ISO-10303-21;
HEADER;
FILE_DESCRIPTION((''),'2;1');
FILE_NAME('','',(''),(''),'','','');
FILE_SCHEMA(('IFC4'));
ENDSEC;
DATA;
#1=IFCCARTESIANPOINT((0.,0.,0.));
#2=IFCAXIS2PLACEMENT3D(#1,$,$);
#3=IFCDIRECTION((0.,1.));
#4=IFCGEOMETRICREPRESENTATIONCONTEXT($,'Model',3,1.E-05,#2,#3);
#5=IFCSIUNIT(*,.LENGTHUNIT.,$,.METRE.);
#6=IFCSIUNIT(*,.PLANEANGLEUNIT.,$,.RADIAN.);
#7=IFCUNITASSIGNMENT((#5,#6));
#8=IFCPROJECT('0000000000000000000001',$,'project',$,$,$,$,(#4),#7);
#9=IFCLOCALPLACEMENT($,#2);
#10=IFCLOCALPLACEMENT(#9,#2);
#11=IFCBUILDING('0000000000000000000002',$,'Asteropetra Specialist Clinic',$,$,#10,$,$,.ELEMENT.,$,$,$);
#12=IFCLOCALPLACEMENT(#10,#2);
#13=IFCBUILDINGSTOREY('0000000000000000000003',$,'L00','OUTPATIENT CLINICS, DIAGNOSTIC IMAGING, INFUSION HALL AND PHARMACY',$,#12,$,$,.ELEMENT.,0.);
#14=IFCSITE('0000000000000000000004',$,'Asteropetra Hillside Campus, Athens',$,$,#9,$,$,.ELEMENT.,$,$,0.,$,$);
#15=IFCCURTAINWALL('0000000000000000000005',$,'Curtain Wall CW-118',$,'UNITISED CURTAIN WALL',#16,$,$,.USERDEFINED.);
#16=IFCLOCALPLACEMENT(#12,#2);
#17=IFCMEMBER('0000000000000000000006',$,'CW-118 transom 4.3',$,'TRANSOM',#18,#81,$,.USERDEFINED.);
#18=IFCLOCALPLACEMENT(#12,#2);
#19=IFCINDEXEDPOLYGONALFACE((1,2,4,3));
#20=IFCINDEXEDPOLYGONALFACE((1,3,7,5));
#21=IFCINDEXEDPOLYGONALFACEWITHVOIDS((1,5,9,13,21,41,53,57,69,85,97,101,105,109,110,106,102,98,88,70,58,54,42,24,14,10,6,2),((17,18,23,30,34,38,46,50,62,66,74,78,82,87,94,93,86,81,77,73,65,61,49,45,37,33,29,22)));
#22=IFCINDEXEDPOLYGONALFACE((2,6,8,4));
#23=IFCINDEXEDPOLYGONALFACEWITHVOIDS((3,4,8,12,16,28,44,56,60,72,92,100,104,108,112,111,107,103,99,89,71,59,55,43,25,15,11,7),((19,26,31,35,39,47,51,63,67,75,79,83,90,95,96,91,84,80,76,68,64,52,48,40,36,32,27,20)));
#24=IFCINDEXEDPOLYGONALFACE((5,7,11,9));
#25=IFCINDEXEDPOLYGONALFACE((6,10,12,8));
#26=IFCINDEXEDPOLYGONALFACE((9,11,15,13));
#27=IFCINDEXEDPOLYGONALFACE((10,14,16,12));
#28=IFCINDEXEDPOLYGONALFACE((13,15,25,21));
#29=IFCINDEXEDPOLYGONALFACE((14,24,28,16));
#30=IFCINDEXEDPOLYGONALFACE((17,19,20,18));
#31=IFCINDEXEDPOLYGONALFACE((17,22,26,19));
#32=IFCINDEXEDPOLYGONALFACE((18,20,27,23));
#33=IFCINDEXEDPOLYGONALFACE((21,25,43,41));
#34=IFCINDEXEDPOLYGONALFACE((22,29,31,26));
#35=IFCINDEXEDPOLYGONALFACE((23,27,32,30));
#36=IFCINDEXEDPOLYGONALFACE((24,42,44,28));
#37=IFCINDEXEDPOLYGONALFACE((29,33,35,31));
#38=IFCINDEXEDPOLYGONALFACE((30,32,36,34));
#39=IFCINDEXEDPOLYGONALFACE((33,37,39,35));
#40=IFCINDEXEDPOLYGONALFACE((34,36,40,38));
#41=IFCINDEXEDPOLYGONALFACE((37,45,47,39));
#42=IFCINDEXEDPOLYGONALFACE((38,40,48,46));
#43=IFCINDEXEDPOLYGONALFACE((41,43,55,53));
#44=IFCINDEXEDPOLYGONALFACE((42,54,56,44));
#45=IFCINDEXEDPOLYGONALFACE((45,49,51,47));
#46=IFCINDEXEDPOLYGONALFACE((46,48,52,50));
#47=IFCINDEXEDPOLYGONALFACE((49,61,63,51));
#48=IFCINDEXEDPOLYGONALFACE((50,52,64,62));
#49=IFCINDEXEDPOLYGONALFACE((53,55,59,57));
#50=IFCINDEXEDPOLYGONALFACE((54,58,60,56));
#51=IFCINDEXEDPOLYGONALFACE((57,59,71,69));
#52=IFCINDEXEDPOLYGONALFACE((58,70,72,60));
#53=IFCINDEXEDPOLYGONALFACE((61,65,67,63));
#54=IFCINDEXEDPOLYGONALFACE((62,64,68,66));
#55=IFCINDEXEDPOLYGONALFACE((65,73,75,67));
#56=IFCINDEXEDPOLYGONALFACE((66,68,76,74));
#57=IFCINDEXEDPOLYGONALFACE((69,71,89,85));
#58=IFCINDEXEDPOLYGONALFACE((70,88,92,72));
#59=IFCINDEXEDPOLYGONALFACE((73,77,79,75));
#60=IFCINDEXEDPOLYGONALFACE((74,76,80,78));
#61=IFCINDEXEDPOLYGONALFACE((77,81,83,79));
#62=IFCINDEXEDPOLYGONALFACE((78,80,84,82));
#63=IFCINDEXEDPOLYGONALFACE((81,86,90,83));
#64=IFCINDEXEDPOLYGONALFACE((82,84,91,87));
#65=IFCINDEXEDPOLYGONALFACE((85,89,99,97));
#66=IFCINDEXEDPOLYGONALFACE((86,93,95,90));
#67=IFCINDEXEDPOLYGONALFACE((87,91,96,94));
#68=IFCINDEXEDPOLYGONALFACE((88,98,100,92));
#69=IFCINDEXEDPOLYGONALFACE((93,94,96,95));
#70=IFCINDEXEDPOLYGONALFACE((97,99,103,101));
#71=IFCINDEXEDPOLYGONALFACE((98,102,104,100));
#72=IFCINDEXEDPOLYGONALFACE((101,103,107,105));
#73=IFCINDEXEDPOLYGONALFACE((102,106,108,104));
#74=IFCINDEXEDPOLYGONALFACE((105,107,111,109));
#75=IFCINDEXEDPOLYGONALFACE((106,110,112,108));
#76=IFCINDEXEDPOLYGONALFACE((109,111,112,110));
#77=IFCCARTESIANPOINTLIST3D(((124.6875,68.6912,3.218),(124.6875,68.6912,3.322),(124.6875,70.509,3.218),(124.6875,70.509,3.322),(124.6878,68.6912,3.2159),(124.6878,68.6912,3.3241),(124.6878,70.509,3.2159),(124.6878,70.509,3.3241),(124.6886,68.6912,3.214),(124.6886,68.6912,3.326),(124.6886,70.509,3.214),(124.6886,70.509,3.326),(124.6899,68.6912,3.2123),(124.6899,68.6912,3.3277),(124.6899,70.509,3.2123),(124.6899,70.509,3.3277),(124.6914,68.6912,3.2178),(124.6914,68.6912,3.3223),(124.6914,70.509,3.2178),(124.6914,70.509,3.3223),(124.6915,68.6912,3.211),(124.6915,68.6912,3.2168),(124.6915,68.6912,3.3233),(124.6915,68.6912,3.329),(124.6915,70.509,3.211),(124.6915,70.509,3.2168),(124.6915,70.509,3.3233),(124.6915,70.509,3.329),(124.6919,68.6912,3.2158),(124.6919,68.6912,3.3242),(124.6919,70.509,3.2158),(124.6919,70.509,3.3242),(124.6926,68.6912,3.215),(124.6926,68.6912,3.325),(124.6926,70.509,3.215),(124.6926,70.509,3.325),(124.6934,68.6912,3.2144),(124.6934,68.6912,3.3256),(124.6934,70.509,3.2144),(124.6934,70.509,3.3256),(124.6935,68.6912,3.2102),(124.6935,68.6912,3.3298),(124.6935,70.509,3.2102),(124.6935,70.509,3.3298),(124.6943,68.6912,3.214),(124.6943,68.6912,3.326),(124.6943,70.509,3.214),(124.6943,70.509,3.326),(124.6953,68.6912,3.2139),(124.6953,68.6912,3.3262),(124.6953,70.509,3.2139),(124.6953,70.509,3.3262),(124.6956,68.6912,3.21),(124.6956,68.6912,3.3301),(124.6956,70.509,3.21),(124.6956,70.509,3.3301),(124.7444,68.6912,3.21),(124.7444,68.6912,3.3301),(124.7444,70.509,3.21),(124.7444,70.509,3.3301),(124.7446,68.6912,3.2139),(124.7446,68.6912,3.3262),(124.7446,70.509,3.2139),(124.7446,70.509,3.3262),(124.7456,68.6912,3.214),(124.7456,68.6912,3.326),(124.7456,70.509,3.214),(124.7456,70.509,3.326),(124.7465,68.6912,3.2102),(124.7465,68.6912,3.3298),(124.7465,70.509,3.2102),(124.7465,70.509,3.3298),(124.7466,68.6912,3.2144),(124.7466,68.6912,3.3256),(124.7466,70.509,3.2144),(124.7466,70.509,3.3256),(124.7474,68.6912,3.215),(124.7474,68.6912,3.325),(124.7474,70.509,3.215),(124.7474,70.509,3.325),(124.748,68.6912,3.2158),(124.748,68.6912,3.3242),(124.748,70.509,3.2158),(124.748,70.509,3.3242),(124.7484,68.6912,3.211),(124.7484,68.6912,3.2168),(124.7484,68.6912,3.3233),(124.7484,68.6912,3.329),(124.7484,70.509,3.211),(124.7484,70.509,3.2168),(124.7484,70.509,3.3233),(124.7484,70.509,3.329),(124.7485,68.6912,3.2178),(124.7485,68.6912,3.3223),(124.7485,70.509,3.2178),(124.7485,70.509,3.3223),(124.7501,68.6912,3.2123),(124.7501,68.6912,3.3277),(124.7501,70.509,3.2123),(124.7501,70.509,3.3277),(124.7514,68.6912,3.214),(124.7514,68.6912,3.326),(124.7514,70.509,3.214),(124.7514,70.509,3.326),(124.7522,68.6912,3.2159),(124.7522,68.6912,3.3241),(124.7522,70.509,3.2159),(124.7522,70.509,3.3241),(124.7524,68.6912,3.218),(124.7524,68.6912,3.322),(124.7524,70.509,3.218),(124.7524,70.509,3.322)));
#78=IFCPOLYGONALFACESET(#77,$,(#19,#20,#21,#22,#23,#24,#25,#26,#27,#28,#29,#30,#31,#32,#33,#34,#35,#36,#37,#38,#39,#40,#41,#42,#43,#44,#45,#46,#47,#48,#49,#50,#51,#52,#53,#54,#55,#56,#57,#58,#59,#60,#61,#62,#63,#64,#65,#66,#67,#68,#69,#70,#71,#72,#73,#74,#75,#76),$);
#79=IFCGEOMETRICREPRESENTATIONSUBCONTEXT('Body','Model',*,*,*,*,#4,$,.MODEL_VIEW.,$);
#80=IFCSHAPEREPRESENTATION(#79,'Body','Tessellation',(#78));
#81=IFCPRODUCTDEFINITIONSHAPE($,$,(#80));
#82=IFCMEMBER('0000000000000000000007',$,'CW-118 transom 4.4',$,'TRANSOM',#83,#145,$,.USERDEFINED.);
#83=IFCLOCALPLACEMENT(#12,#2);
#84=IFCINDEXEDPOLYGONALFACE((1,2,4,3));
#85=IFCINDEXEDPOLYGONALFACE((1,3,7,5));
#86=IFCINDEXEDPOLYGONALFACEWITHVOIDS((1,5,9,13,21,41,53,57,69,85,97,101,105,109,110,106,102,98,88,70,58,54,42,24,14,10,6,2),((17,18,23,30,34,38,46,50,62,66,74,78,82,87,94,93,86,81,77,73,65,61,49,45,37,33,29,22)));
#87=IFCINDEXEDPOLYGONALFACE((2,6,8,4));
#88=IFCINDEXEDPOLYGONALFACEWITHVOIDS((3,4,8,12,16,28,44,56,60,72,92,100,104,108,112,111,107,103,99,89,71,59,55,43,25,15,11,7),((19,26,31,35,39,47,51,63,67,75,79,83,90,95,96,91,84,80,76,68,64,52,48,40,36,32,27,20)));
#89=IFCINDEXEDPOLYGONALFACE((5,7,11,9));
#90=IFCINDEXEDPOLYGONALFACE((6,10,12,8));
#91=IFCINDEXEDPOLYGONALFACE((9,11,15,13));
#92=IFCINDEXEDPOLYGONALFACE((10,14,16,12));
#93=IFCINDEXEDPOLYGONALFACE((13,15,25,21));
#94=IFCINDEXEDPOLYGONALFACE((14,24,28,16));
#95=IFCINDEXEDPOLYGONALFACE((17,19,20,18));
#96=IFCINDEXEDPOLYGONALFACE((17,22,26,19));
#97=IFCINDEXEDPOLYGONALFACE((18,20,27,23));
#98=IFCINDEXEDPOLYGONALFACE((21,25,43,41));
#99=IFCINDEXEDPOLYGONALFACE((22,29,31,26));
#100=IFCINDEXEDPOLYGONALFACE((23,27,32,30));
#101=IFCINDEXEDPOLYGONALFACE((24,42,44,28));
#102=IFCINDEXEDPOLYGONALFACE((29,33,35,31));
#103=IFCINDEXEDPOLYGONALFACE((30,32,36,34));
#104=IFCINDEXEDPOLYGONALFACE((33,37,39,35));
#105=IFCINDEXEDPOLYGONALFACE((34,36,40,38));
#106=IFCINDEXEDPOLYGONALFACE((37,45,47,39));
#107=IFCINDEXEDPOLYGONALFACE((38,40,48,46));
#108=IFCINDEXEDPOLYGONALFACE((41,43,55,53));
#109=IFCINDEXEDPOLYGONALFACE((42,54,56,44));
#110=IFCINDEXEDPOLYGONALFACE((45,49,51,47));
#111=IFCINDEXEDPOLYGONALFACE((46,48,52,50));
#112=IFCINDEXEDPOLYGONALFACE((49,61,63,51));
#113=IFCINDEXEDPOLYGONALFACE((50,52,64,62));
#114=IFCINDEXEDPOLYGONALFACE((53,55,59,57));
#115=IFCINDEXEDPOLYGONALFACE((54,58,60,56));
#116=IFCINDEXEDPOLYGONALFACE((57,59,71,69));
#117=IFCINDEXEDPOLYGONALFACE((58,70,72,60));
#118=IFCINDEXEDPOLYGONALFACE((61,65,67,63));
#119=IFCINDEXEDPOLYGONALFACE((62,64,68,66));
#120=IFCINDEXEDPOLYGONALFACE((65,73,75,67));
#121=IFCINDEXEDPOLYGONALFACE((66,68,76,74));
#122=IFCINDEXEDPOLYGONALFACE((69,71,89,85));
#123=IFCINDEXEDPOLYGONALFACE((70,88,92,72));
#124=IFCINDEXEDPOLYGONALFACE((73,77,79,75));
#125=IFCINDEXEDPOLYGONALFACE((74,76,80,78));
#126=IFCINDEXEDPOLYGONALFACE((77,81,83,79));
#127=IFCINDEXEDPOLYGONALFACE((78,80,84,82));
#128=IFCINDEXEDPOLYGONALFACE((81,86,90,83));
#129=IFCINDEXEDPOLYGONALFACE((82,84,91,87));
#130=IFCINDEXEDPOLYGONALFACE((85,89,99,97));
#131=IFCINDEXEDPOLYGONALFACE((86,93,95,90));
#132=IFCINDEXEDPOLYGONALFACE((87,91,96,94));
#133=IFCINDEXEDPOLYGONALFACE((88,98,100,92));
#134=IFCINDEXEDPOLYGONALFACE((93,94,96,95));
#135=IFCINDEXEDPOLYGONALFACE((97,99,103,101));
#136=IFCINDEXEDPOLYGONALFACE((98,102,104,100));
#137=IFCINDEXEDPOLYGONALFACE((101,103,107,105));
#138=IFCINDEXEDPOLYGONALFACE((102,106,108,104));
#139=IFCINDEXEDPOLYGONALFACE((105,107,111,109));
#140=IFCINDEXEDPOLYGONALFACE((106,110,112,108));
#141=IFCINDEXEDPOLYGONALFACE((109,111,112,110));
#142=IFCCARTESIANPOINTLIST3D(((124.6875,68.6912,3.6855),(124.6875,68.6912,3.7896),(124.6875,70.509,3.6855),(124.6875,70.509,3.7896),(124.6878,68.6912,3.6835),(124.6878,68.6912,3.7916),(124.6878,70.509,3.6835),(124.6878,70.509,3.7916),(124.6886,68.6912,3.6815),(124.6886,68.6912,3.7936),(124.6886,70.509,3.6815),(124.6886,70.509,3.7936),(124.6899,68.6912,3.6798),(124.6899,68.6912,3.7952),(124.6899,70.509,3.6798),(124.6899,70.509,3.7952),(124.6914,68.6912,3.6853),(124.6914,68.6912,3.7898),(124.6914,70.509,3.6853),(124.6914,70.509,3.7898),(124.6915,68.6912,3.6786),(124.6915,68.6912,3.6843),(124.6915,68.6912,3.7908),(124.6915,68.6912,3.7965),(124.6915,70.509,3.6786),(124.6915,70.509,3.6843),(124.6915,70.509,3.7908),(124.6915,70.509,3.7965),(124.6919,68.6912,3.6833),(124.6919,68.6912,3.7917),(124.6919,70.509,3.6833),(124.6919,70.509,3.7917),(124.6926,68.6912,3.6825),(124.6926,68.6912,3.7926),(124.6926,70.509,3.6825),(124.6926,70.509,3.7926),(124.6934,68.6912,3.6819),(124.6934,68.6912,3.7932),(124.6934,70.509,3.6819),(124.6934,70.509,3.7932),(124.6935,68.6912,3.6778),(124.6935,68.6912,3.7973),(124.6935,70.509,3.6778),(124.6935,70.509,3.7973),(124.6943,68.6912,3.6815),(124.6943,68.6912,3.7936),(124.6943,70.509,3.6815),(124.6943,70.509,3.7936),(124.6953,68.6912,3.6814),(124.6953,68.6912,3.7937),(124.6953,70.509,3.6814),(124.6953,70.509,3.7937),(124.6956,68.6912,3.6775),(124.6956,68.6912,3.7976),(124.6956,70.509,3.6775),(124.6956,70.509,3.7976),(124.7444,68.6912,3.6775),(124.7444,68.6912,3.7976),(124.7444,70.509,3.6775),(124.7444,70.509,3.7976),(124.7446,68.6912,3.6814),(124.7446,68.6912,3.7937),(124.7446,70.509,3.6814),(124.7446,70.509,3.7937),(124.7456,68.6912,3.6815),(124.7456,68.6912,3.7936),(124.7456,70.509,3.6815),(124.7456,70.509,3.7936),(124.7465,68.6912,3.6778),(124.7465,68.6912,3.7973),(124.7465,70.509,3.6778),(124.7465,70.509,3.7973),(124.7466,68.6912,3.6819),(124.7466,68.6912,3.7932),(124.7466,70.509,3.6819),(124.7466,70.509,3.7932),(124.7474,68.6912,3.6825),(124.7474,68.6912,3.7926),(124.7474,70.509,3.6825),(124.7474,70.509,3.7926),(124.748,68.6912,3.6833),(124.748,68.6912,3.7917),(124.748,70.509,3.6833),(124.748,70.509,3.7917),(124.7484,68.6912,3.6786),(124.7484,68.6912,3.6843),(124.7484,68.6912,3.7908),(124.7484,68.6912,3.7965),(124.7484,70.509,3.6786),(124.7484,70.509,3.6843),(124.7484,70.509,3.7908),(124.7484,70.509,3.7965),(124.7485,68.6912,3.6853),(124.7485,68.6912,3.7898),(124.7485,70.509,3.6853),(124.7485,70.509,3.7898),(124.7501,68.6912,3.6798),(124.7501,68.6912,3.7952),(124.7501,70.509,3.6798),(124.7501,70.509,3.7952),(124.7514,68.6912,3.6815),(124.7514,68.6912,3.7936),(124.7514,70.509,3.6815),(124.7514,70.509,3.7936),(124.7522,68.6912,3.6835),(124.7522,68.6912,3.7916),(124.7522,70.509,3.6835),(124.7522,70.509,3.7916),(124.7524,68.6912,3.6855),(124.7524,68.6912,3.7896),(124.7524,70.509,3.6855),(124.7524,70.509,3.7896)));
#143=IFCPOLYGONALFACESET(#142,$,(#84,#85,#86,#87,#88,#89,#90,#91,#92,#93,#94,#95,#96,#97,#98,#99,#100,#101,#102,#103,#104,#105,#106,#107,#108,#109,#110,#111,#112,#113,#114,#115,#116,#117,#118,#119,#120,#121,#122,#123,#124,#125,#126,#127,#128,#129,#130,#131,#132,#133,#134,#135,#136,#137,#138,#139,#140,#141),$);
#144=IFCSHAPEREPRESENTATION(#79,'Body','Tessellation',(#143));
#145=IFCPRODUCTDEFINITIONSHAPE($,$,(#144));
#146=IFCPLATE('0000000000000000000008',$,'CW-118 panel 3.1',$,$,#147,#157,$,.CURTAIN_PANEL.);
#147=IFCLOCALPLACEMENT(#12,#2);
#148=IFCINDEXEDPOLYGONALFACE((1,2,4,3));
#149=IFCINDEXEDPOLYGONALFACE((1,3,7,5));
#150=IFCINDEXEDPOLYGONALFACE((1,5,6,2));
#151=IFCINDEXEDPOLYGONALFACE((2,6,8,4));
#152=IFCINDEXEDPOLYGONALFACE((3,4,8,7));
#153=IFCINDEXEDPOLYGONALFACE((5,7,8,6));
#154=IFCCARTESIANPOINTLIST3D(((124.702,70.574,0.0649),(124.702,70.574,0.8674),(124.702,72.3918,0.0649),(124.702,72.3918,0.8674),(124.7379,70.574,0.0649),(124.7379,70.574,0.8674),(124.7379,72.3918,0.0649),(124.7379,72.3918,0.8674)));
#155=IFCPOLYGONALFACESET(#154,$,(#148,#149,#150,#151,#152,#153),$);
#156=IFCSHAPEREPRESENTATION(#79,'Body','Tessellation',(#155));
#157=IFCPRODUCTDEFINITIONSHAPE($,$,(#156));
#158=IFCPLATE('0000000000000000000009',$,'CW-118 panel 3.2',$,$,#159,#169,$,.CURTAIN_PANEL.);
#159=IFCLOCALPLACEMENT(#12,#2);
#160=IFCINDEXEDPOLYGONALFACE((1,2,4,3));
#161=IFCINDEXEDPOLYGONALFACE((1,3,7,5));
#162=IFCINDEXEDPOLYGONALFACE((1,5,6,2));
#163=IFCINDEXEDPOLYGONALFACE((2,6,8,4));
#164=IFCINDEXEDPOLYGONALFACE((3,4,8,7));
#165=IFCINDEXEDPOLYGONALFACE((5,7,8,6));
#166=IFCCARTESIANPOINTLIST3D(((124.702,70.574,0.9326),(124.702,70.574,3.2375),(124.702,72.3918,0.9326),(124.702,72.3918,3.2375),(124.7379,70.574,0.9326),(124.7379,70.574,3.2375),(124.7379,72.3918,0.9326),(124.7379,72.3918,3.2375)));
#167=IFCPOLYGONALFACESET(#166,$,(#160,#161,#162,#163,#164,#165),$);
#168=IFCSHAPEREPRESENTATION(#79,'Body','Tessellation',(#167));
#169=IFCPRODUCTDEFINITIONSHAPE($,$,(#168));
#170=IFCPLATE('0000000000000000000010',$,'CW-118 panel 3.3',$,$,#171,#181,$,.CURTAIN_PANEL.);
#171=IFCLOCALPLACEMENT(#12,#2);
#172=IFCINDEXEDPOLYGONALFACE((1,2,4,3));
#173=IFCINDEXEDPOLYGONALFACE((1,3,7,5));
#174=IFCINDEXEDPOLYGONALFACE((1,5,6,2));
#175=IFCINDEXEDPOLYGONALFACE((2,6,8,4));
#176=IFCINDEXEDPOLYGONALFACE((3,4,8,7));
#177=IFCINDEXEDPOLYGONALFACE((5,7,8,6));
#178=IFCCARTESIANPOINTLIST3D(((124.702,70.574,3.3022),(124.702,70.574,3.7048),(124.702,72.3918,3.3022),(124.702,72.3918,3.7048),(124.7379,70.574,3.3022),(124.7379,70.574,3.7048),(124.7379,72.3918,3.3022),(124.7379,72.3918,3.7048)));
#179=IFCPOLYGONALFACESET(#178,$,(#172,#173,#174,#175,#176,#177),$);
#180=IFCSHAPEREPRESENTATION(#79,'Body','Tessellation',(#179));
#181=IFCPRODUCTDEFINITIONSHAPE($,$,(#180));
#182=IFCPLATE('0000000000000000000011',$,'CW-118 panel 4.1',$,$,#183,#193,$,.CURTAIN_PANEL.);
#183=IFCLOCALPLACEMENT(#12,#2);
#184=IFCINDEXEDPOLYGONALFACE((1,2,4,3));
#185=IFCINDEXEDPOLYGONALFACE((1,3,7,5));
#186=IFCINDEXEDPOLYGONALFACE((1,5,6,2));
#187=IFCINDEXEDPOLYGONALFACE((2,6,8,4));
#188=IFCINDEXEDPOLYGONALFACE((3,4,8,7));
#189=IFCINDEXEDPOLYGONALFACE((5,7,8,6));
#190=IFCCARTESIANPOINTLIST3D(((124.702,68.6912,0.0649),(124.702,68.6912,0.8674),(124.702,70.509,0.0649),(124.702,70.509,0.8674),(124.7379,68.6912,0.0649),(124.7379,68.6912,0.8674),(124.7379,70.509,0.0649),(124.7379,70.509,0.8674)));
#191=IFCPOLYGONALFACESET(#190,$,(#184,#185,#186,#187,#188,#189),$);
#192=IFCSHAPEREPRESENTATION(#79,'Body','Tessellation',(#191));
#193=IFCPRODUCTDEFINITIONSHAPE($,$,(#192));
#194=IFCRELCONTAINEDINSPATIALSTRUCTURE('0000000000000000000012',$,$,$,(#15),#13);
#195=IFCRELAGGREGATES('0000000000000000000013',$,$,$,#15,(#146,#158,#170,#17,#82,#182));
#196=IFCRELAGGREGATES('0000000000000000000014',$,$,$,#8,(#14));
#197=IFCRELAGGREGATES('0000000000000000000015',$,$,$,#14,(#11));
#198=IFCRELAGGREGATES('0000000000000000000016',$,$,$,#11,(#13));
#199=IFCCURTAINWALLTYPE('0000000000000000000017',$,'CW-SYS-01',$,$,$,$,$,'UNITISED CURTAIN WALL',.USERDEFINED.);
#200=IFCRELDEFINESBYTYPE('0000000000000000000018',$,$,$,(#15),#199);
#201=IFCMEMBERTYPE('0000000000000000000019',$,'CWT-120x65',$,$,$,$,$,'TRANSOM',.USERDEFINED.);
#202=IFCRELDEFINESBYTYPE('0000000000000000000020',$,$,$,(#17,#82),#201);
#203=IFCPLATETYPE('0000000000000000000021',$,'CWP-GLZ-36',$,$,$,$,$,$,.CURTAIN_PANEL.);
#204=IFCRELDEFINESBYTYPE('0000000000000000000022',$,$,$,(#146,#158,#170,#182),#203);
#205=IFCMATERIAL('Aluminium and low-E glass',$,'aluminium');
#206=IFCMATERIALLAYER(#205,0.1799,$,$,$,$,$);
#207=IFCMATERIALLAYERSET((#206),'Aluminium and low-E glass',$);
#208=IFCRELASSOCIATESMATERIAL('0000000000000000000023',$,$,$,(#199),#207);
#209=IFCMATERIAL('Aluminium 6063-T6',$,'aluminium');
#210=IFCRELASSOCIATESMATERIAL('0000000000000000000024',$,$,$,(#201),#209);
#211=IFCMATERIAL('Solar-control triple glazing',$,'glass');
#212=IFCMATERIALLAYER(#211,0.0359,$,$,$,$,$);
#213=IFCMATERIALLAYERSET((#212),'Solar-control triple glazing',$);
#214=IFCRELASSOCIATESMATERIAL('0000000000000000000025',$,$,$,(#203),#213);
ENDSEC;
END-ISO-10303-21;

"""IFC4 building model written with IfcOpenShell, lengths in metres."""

from ifc_helpers import new_model, si_unit, direction, frame, origin, origin_2d, place, context, subcontext, project, spatial, rectangle, hollow_rectangle, extrude, material, layer, layer_set, material_profile, profile_set, type_object, element, aggregate, save


model = new_model("IFC4")

# Units and contexts
model_context = context("Model", 3, precision=1e-05, world=origin(), true_north=direction((0.0, 1.0)))
body_context = subcontext(model_context, "Body", "Model", "MODEL_VIEW")
ifc_project = project(units=[si_unit("LENGTHUNIT", "METRE"), si_unit("PLANEANGLEUNIT", "RADIAN")], contexts=[model_context])

# Site, building, storey
site_placement = place(None, origin())
site = spatial("IfcSite", under=ifc_project, at=site_placement, Name="Asteropetra Hillside Campus, Athens", CompositionType="ELEMENT", RefElevation=0.0)
building_placement = place(site_placement, origin())
building = spatial("IfcBuilding", under=site, at=building_placement, Name="Asteropetra Specialist Clinic", CompositionType="ELEMENT")
storey_placement = place(building_placement, origin())
storey = spatial("IfcBuildingStorey", under=building, at=storey_placement, Name="L00", Description="OUTPATIENT CLINICS, DIAGNOSTIC IMAGING, INFUSION HALL AND PHARMACY", CompositionType="ELEMENT", Elevation=0.0)

# Curtain wall, members, plates
ifc_material_1 = material(Name="Aluminium and low-E glass", Category="aluminium")
ifc_layer_1 = layer(ifc_material_1, 0.1799)
ifc_layer_set_1 = layer_set([ifc_layer_1], Name="Aluminium and low-E glass")
curtain_wall_type = type_object("IfcCurtainWallType", Name="CW-SYS-01", ElementType="UNITISED CURTAIN WALL", PredefinedType="USERDEFINED", material=ifc_layer_set_1)
curtain_wall_placement = place(storey_placement, origin())
curtain_wall = element("IfcCurtainWall", 1, at=curtain_wall_placement, inside=storey, type_object=curtain_wall_type, Name="Curtain Wall CW-118", ObjectType="UNITISED CURTAIN WALL", PredefinedType="USERDEFINED")
ifc_material_2 = material(Name="Aluminium 6063-T6", Category="aluminium")
ifc_material_profile_1 = material_profile(ifc_material_2, hollow_rectangle(XDim=0.0649, YDim=0.1201, WallThickness=0.0039, InnerFilletRadius=0.0039, OuterFilletRadius=0.0081, at=origin_2d()), Name="TRN 120x65x4.0")
ifc_profile_set_1 = profile_set([ifc_material_profile_1], Name="Aluminium 6063-T6")
member_type_1 = type_object("IfcMemberType", Name="CWT-120x65", ElementType="TRANSOM", PredefinedType="USERDEFINED", material=ifc_profile_set_1)
member_1_placement = place(storey_placement, frame((124.72, 70.509, 3.27), z_axis=(0.0, -1.0, 0.0), x_axis=(1.0, 0.0, 0.0)))
member_1 = element("IfcMember", 2, at=member_1_placement, type_object=member_type_1, Name="CW-118 transom 4.3", ObjectType="TRANSOM", PredefinedType="USERDEFINED", context=body_context, shape_type="SweptSolid", body=[
    extrude(hollow_rectangle(XDim=0.0649, YDim=0.1201, WallThickness=0.0039, InnerFilletRadius=0.0039, OuterFilletRadius=0.0081, at=origin_2d()), origin(), (0.0, 0.0, 1.0), 1.8179),
])
member_2_placement = place(storey_placement, frame((124.72, 70.509, 3.7375), z_axis=(0.0, -1.0, 0.0), x_axis=(1.0, 0.0, 0.0)))
member_2 = element("IfcMember", 3, at=member_2_placement, type_object=member_type_1, Name="CW-118 transom 4.4", ObjectType="TRANSOM", PredefinedType="USERDEFINED", context=body_context, shape_type="SweptSolid", body=[
    extrude(hollow_rectangle(XDim=0.0649, YDim=0.1201, WallThickness=0.0039, InnerFilletRadius=0.0039, OuterFilletRadius=0.0081, at=origin_2d()), origin(), (0.0, 0.0, 1.0), 1.8179),
])
ifc_material_3 = material(Name="Solar-control triple glazing", Category="glass")
ifc_layer_2 = layer(ifc_material_3, 0.0359)
ifc_layer_set_2 = layer_set([ifc_layer_2], Name="Solar-control triple glazing")
plate_type = type_object("IfcPlateType", Name="CWP-GLZ-36", PredefinedType="CURTAIN_PANEL", material=ifc_layer_set_2)
plate_1_placement = place(storey_placement, frame((124.72, 71.4829, 0.0649), z_axis=(0.0, 0.0, 1.0), x_axis=(0.0, -1.0, 0.0)))
plate_1 = element("IfcPlate", 4, at=plate_1_placement, type_object=plate_type, Name="CW-118 panel 3.1", PredefinedType="CURTAIN_PANEL", context=body_context, shape_type="SweptSolid", body=[
    extrude(rectangle(XDim=1.8179, YDim=0.0359, at=origin_2d()), origin(), (0.0, 0.0, 1.0), 0.8025),
])
plate_2_placement = place(storey_placement, frame((124.72, 71.4829, 0.9326), z_axis=(0.0, 0.0, 1.0), x_axis=(0.0, -1.0, 0.0)))
plate_2 = element("IfcPlate", 5, at=plate_2_placement, type_object=plate_type, Name="CW-118 panel 3.2", PredefinedType="CURTAIN_PANEL", context=body_context, shape_type="SweptSolid", body=[
    extrude(rectangle(XDim=1.8179, YDim=0.0359, at=origin_2d()), origin(), (0.0, 0.0, 1.0), 2.3049),
])
plate_3_placement = place(storey_placement, frame((124.72, 71.4829, 3.3022), z_axis=(0.0, 0.0, 1.0), x_axis=(0.0, -1.0, 0.0)))
plate_3 = element("IfcPlate", 6, at=plate_3_placement, type_object=plate_type, Name="CW-118 panel 3.3", PredefinedType="CURTAIN_PANEL", context=body_context, shape_type="SweptSolid", body=[
    extrude(rectangle(XDim=1.8179, YDim=0.0359, at=origin_2d()), origin(), (0.0, 0.0, 1.0), 0.4026),
])
plate_4_placement = place(storey_placement, frame((124.72, 69.6001, 0.0649), z_axis=(0.0, 0.0, 1.0), x_axis=(0.0, -1.0, 0.0)))
plate_4 = element("IfcPlate", 7, at=plate_4_placement, type_object=plate_type, Name="CW-118 panel 4.1", PredefinedType="CURTAIN_PANEL", context=body_context, shape_type="SweptSolid", body=[
    extrude(rectangle(XDim=1.8179, YDim=0.0359, at=origin_2d()), origin(), (0.0, 0.0, 1.0), 0.8025),
])
aggregate(curtain_wall, [plate_1, plate_2, plate_3, member_1, member_2, plate_4])

save(model, "model.ifc")
